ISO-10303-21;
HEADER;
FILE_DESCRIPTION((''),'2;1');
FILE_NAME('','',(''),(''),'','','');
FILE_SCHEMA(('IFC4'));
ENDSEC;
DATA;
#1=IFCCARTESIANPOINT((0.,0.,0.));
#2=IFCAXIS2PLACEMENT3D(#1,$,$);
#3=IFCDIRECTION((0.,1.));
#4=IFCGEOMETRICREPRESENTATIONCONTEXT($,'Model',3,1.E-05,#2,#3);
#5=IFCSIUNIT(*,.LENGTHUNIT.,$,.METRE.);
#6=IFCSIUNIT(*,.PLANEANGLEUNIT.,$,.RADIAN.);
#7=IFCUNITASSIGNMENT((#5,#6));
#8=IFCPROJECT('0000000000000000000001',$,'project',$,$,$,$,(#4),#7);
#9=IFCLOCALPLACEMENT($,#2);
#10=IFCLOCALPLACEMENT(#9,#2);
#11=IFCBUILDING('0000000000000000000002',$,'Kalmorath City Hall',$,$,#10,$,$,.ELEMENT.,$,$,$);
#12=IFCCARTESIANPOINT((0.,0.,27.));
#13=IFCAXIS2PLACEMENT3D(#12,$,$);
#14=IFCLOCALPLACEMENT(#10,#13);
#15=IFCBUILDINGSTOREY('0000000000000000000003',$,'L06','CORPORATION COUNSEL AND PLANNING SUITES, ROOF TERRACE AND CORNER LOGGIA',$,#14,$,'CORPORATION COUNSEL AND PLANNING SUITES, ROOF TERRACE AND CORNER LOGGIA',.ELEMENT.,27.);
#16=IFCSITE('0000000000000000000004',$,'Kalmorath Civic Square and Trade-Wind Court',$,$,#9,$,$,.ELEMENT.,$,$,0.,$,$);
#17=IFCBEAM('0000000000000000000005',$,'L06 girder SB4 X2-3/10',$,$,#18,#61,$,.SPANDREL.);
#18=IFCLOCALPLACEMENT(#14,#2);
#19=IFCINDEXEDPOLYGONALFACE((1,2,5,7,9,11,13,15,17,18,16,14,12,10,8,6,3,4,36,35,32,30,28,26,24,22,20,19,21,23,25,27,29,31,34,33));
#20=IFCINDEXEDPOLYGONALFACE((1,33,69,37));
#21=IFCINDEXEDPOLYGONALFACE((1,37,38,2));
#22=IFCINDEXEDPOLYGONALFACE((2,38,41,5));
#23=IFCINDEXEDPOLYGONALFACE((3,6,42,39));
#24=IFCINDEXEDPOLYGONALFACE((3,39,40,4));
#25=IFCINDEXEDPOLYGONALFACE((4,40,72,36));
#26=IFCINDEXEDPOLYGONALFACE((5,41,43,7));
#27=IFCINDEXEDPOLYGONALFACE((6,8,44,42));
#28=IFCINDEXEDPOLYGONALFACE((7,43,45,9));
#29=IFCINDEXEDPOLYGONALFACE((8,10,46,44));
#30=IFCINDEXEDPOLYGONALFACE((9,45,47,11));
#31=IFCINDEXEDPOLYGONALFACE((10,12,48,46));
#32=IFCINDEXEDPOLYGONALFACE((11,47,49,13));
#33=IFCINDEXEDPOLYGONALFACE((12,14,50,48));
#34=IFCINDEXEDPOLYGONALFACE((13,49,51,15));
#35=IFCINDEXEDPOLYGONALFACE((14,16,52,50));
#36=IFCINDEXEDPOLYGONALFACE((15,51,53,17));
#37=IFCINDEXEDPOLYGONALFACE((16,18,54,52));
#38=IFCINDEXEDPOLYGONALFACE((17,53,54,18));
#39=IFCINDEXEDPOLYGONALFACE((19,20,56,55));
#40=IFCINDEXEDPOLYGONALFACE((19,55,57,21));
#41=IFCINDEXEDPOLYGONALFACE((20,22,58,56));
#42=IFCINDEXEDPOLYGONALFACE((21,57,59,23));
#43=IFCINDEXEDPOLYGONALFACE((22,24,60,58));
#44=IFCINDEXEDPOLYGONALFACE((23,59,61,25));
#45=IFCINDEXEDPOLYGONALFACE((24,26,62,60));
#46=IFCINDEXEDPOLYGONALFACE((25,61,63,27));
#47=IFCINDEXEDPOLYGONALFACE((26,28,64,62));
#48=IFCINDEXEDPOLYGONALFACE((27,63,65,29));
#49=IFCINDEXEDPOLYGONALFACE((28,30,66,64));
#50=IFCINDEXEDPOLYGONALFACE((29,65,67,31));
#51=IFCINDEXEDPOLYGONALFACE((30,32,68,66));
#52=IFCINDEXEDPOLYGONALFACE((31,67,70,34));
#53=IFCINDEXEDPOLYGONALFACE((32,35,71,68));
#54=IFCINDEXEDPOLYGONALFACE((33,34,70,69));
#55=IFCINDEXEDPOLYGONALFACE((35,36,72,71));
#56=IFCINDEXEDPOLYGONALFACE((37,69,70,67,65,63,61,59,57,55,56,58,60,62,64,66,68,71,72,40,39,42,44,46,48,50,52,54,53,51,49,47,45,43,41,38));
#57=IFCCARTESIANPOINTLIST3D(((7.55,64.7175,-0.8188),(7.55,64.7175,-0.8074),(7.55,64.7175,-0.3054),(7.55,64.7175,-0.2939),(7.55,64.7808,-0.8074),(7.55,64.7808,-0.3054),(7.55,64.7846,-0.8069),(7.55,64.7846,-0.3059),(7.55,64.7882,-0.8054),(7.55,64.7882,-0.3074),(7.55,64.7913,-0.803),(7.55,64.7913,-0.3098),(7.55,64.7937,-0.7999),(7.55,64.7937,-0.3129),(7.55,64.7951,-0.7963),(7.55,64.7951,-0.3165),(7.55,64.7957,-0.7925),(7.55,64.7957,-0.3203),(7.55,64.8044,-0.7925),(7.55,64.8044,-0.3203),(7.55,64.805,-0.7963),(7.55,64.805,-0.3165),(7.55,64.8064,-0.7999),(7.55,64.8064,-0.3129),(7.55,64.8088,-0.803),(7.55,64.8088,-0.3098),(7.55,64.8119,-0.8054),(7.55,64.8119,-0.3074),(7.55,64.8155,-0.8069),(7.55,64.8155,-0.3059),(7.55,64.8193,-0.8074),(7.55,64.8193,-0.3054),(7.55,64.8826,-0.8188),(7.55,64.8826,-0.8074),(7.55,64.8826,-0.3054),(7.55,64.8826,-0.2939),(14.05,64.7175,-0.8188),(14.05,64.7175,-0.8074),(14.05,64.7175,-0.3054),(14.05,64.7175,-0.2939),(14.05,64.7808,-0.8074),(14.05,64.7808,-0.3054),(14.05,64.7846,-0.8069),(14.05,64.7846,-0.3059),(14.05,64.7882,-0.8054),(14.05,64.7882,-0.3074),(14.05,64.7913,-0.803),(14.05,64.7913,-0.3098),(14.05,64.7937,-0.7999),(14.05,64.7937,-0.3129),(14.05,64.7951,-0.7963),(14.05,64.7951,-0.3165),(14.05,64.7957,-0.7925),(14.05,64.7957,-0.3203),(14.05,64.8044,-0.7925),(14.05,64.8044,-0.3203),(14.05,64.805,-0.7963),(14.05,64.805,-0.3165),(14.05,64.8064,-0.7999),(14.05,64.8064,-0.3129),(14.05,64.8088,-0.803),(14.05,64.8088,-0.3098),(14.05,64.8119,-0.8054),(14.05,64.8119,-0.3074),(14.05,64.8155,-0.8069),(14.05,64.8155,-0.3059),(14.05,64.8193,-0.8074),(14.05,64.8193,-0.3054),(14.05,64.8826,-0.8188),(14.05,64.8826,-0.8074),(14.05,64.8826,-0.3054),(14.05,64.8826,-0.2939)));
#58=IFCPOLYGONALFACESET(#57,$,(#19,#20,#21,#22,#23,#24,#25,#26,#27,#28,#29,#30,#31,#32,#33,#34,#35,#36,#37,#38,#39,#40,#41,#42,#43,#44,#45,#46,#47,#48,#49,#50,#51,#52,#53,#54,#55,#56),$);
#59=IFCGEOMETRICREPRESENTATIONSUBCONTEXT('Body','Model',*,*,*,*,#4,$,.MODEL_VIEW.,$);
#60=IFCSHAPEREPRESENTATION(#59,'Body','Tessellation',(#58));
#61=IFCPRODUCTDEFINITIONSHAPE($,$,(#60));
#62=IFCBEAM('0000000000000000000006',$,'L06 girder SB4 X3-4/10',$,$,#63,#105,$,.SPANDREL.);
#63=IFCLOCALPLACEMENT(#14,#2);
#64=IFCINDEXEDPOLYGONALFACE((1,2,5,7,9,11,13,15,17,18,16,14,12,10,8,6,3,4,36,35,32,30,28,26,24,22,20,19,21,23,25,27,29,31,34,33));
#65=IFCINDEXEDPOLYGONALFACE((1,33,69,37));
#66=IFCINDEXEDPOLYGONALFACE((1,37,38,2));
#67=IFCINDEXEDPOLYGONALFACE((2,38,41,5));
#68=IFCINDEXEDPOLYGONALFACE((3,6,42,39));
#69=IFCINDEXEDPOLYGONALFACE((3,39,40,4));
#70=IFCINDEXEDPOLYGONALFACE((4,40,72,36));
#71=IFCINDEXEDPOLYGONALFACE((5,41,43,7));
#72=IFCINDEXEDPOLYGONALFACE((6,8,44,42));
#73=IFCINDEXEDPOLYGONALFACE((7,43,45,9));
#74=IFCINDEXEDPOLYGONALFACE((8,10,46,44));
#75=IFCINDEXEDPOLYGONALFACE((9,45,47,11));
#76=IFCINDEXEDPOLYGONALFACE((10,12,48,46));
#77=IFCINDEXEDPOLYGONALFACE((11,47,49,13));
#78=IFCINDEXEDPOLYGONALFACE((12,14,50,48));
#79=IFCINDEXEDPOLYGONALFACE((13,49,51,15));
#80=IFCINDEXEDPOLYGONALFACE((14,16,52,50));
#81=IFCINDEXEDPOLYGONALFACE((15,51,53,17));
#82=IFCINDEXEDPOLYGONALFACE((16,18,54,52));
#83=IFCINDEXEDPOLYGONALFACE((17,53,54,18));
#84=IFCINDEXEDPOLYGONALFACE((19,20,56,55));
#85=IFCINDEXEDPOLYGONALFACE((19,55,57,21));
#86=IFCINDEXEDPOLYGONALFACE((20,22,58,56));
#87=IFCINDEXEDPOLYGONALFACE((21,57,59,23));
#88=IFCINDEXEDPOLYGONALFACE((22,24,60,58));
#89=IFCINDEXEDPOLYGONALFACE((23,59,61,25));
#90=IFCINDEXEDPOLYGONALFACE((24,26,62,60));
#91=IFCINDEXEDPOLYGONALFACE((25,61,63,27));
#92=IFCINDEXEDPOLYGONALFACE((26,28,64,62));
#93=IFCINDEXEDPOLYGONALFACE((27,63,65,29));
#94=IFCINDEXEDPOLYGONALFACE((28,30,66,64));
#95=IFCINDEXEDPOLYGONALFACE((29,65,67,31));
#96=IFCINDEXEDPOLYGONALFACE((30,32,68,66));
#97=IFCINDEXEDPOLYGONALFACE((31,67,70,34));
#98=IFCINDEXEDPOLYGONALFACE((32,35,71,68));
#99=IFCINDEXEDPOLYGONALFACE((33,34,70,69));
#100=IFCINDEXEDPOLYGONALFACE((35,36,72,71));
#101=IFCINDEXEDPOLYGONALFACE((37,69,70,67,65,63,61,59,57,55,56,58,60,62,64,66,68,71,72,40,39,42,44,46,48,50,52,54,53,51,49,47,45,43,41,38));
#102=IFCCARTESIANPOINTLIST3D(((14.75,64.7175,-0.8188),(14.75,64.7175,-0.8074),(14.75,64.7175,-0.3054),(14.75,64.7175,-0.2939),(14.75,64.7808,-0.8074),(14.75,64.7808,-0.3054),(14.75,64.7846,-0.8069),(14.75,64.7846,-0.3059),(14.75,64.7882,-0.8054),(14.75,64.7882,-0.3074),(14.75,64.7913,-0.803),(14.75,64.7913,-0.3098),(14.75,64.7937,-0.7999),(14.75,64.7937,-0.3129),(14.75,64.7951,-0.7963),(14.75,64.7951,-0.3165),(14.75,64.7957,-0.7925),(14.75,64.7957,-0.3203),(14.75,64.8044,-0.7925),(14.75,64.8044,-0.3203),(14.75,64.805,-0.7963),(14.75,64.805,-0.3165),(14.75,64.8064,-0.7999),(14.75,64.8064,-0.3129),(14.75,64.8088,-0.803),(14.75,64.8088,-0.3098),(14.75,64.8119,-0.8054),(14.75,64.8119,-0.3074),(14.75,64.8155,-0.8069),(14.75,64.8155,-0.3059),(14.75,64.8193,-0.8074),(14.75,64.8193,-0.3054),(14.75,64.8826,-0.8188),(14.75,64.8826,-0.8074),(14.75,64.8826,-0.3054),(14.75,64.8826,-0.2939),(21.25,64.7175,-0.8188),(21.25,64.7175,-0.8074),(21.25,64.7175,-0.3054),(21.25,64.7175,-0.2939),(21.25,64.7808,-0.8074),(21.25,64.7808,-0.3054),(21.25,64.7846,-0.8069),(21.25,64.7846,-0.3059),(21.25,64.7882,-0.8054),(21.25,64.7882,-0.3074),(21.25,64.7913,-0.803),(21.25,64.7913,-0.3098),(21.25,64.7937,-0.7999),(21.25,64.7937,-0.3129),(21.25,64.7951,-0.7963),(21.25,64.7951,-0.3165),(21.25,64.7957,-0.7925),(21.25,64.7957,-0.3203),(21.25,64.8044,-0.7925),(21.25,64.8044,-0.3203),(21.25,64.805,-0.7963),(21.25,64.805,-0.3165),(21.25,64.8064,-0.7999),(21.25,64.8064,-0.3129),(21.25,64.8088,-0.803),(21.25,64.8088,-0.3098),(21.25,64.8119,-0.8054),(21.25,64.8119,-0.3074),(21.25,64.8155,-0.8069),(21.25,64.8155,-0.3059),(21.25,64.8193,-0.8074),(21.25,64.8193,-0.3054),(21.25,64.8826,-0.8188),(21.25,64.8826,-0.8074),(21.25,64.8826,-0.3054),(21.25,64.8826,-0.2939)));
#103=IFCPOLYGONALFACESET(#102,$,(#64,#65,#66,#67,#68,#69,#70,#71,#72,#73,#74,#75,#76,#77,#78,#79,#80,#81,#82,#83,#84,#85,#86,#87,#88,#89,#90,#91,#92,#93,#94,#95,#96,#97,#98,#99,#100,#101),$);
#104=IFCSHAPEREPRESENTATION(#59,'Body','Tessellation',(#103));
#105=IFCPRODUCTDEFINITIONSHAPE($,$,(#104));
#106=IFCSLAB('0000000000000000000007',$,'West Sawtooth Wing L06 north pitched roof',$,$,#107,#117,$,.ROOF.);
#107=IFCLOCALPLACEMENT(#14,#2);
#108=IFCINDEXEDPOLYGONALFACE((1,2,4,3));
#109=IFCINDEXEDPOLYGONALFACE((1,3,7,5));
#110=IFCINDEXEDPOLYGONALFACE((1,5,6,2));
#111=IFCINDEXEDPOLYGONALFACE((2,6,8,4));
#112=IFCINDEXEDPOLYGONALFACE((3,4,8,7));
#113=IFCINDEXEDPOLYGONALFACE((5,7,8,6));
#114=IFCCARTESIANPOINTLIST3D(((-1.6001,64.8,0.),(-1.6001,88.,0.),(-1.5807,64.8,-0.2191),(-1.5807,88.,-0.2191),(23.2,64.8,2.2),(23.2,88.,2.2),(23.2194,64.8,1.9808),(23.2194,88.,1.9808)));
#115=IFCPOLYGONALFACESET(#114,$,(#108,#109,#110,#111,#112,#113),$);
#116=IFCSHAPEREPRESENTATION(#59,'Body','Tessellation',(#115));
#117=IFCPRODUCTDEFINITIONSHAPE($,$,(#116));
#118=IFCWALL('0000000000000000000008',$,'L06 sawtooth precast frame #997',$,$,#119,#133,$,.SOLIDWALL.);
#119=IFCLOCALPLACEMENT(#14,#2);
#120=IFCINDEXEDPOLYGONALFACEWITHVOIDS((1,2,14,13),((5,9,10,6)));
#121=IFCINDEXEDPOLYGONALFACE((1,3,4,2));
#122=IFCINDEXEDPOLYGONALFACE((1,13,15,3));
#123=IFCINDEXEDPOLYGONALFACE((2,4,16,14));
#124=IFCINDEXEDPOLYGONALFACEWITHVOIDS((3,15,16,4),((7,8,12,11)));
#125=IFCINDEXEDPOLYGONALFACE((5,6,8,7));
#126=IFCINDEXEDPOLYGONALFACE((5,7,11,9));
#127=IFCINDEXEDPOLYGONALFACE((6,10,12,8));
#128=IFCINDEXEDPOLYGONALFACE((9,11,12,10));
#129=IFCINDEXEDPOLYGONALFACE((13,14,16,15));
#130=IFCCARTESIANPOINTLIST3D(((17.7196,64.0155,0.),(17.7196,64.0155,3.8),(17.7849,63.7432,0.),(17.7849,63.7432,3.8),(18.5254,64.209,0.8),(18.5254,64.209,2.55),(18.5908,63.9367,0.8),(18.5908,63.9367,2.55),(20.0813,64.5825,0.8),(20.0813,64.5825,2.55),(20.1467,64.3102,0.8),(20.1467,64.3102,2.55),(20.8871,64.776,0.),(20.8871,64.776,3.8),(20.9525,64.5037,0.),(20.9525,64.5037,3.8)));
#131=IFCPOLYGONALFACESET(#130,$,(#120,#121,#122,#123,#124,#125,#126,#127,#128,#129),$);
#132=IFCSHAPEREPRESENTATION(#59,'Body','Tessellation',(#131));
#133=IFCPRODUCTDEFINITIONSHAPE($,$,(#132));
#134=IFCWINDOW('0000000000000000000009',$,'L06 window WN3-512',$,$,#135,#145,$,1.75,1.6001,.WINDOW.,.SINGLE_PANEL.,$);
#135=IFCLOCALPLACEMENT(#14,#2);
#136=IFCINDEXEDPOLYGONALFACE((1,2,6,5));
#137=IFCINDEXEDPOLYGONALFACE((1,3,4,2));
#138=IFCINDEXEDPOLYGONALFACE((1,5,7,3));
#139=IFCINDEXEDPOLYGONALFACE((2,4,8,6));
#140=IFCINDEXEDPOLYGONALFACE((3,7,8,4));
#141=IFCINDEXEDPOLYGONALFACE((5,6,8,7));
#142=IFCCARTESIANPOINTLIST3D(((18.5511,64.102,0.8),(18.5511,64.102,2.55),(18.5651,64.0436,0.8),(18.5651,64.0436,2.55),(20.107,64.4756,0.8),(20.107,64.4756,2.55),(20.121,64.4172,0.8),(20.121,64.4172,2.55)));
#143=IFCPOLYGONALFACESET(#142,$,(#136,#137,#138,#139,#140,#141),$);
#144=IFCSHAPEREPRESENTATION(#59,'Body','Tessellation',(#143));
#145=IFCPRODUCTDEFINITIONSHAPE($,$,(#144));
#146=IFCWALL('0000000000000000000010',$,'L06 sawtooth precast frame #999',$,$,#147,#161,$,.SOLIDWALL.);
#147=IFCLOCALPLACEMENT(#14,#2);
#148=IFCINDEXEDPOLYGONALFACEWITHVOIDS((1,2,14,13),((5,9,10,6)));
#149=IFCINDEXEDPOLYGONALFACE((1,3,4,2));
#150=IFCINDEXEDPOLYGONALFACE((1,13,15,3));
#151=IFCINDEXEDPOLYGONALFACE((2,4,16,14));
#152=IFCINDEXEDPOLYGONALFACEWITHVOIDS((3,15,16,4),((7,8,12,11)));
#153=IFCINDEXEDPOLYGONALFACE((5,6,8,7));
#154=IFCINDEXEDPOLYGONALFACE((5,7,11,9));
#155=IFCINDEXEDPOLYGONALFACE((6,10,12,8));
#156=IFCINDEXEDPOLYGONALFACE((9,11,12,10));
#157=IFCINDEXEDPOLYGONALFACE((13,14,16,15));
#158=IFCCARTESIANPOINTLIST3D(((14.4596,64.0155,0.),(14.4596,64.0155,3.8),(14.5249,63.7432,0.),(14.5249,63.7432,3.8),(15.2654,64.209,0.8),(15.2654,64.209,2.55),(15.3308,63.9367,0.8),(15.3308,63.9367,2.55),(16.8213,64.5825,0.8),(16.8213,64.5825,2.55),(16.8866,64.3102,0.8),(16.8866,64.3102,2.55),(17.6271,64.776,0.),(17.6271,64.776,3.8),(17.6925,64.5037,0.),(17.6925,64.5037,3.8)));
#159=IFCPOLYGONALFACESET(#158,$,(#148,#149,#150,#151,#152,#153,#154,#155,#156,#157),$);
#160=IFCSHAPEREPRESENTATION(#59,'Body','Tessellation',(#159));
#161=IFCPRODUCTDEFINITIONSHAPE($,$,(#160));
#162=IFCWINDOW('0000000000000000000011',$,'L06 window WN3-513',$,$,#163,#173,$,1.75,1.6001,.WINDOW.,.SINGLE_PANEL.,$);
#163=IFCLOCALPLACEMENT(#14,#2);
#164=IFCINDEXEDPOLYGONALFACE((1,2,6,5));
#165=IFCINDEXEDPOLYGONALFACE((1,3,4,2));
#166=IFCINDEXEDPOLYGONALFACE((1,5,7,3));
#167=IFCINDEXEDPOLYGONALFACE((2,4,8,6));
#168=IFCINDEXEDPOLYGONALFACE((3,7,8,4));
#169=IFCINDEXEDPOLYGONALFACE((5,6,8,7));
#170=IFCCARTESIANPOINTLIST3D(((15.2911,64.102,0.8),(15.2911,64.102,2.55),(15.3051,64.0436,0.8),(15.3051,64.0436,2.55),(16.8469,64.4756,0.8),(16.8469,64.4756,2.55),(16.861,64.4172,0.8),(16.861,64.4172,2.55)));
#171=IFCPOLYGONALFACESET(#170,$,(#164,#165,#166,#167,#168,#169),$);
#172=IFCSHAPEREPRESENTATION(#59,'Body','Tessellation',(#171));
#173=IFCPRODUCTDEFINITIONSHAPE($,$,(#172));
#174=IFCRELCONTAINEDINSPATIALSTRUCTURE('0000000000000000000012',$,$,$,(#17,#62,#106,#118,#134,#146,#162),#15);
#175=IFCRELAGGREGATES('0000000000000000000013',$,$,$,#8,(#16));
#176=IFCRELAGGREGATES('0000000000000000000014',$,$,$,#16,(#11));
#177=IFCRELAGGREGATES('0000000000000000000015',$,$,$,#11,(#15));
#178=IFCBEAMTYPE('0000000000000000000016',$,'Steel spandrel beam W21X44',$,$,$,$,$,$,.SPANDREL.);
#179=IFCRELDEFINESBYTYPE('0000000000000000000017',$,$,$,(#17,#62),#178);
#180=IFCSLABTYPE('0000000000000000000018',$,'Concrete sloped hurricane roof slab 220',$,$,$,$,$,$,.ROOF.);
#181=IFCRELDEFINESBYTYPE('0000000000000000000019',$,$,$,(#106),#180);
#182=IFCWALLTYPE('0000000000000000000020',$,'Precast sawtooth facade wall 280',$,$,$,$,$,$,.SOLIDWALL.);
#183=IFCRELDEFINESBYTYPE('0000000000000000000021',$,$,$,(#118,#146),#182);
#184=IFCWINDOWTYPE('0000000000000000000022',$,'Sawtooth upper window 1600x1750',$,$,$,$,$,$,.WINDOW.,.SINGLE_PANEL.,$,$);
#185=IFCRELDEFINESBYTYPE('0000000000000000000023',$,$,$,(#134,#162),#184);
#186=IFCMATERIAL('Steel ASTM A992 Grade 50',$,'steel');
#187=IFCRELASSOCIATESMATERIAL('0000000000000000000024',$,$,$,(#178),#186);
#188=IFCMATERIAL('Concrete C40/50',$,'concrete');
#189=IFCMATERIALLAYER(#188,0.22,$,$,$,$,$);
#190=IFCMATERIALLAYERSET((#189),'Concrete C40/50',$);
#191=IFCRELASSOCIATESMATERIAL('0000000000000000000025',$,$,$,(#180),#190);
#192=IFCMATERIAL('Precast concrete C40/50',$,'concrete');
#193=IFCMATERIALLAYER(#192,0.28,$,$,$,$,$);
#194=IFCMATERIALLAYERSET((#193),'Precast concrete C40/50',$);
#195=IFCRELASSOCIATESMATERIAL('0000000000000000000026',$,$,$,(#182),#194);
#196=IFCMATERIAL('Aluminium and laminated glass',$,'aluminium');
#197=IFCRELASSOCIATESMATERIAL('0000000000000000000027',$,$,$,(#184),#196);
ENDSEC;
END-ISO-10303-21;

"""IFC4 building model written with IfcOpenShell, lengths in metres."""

from ifc_helpers import new_model, si_unit, direction, frame, frame_2d, origin, origin_2d, place, context, subcontext, project, spatial, polyline, rectangle, i_section, outline, extrude, material, layer, layer_set, material_profile, profile_set, type_object, element, fill, save


model = new_model("IFC4")

# Units and contexts
model_context = context("Model", 3, precision=1e-05, world=origin(), true_north=direction((0.0, 1.0)))
body_context = subcontext(model_context, "Body", "Model", "MODEL_VIEW")
ifc_project = project(units=[si_unit("LENGTHUNIT", "METRE"), si_unit("PLANEANGLEUNIT", "RADIAN")], contexts=[model_context])

# Site, building, storey
site_placement = place(None, origin())
site = spatial("IfcSite", under=ifc_project, at=site_placement, Name="Kalmorath Civic Square and Trade-Wind Court", CompositionType="ELEMENT", RefElevation=0.0)
building_placement = place(site_placement, origin())
building = spatial("IfcBuilding", under=site, at=building_placement, Name="Kalmorath City Hall", CompositionType="ELEMENT")
storey_placement = place(building_placement, frame((0.0, 0.0, 27.0)))
storey = spatial("IfcBuildingStorey", under=building, at=storey_placement, Name="L06", Description="CORPORATION COUNSEL AND PLANNING SUITES, ROOF TERRACE AND CORNER LOGGIA", LongName="CORPORATION COUNSEL AND PLANNING SUITES, ROOF TERRACE AND CORNER LOGGIA", CompositionType="ELEMENT", Elevation=27.0)

# Beams
ifc_material_1 = material(Name="Steel ASTM A992 Grade 50", Category="steel")
ifc_material_profile_1 = material_profile(ifc_material_1, i_section(OverallWidth=0.165, OverallDepth=0.5249, WebThickness=0.0088, FlangeThickness=0.0115, FilletRadius=0.0149, at=origin_2d()), Name="W21X44")
ifc_profile_set_1 = profile_set([ifc_material_profile_1], Name="Steel ASTM A992 Grade 50")
beam_type = type_object("IfcBeamType", Name="Steel spandrel beam W21X44", PredefinedType="SPANDREL", material=ifc_profile_set_1)
for number, where, z_axis, x_axis, name in (
    (1, (7.55, 64.8, -0.5564), (1.0, 0.0, 0.0), (0.0, 1.0, 0.0), "L06 girder SB4 X2-3/10"),
    (2, (14.75, 64.8, -0.5564), (1.0, 0.0, 0.0), (0.0, 1.0, 0.0), "L06 girder SB4 X3-4/10"),
):
    element("IfcBeam", number, at=place(storey_placement, frame(where, z_axis=z_axis, x_axis=x_axis)), inside=storey, type_object=beam_type, Name=name, PredefinedType="SPANDREL", context=body_context, shape_type="SweptSolid", body=[
        extrude(i_section(OverallWidth=0.165, OverallDepth=0.5249, WebThickness=0.0088, FlangeThickness=0.0115, FilletRadius=0.0149, at=origin_2d()), origin(), (0.0, 0.0, 1.0), 6.5),
    ])

# Slab
ifc_material_2 = material(Name="Concrete C40/50", Category="concrete")
ifc_layer_1 = layer(ifc_material_2, 0.22)
ifc_layer_set_1 = layer_set([ifc_layer_1], Name="Concrete C40/50")
slab_type = type_object("IfcSlabType", Name="Concrete sloped hurricane roof slab 220", PredefinedType="ROOF", material=ifc_layer_set_1)
slab_placement = place(storey_placement, frame((-1.6001, 64.8, 0.0), z_axis=(-0.088361, 0.0, 0.996089), x_axis=(0.996089, 0.0, 0.088361)))
element("IfcSlab", 3, at=slab_placement, inside=storey, type_object=slab_type, Name="West Sawtooth Wing L06 north pitched roof", PredefinedType="ROOF", context=body_context, shape_type="SweptSolid", body=[
    extrude(outline(polyline([(0.0, 0.0), (24.8974, 0.0), (24.8974, 23.2), (0.0, 23.2), (0.0, 0.0)])), origin(), (0.0, 0.0, -1.0), 0.22),
])

# Walls, openings, windows
ifc_material_3 = material(Name="Precast concrete C40/50", Category="concrete")
ifc_layer_2 = layer(ifc_material_3, 0.28)
ifc_layer_set_2 = layer_set([ifc_layer_2], Name="Precast concrete C40/50")
wall_type_1 = type_object("IfcWallType", Name="Precast sawtooth facade wall 280", PredefinedType="SOLIDWALL", material=ifc_layer_set_2)
wall_1_placement = place(storey_placement, frame((20.9199, 64.6399, 0.0), z_axis=(0.0, 0.0, 1.0), x_axis=(-0.972366, -0.233461, 0.0)))
wall_1 = element("IfcWall", 4, at=wall_1_placement, inside=storey, type_object=wall_type_1, Name="L06 sawtooth precast frame #997", PredefinedType="SOLIDWALL", context=body_context, shape_type="SweptSolid", body=[
    extrude(rectangle(XDim=3.2576, YDim=0.28, at=frame_2d((1.6289, 0.0))), origin(), (0.0, 0.0, 1.0), 3.8),
])
opening_1_placement = place(wall_1_placement, frame((0.8289, 0.0, 0.8)))
opening_1 = element("IfcOpeningElement", 5, at=opening_1_placement, cuts=wall_1, PredefinedType="OPENING", context=body_context, shape_type="SweptSolid", body=[
    extrude(rectangle(XDim=1.6001, YDim=1.75, at=frame_2d((0.8, 0.875))), frame((0.0, 0.1499, 0.0), z_axis=(0.0, -1.0, 0.0), x_axis=(1.0, 0.0, 0.0)), (0.0, 0.0, 1.0), 0.3),
])
ifc_material_4 = material(Name="Aluminium and laminated glass", Category="aluminium")
window_type = type_object("IfcWindowType", Name="Sawtooth upper window 1600x1750", PartitioningType="SINGLE_PANEL", PredefinedType="WINDOW", material=ifc_material_4)
window_1_placement = place(opening_1_placement, origin())
window_1 = element("IfcWindow", 6, at=window_1_placement, inside=storey, type_object=window_type, Name="L06 window WN3-512", OverallHeight=1.75, OverallWidth=1.6001, PartitioningType="SINGLE_PANEL", PredefinedType="WINDOW", context=body_context, shape_type="SweptSolid", body=[
    extrude(rectangle(XDim=1.6001, YDim=1.75, at=frame_2d((0.8, 0.875))), frame((0.0, 0.03, 0.0), z_axis=(0.0, -1.0, 0.0), x_axis=(1.0, 0.0, 0.0)), (0.0, 0.0, 1.0), 0.0601),
])
fill(opening_1, window_1)
wall_2_placement = place(storey_placement, frame((17.6599, 64.6399, 0.0), z_axis=(0.0, 0.0, 1.0), x_axis=(-0.972366, -0.233461, 0.0)))
wall_2 = element("IfcWall", 7, at=wall_2_placement, inside=storey, type_object=wall_type_1, Name="L06 sawtooth precast frame #999", PredefinedType="SOLIDWALL", context=body_context, shape_type="SweptSolid", body=[
    extrude(rectangle(XDim=3.2576, YDim=0.28, at=frame_2d((1.6289, 0.0))), origin(), (0.0, 0.0, 1.0), 3.8),
])
opening_2_placement = place(wall_2_placement, frame((0.8289, 0.0, 0.8)))
opening_2 = element("IfcOpeningElement", 8, at=opening_2_placement, cuts=wall_2, PredefinedType="OPENING", context=body_context, shape_type="SweptSolid", body=[
    extrude(rectangle(XDim=1.6001, YDim=1.75, at=frame_2d((0.8, 0.875))), frame((0.0, 0.1499, 0.0), z_axis=(0.0, -1.0, 0.0), x_axis=(1.0, 0.0, 0.0)), (0.0, 0.0, 1.0), 0.3),
])
window_2_placement = place(opening_2_placement, origin())
window_2 = element("IfcWindow", 9, at=window_2_placement, inside=storey, type_object=window_type, Name="L06 window WN3-513", OverallHeight=1.75, OverallWidth=1.6001, PartitioningType="SINGLE_PANEL", PredefinedType="WINDOW", context=body_context, shape_type="SweptSolid", body=[
    extrude(rectangle(XDim=1.6001, YDim=1.75, at=frame_2d((0.8, 0.875))), frame((0.0, 0.03, 0.0), z_axis=(0.0, -1.0, 0.0), x_axis=(1.0, 0.0, 0.0)), (0.0, 0.0, 1.0), 0.0601),
])
fill(opening_2, window_2)

save(model, "model.ifc")
